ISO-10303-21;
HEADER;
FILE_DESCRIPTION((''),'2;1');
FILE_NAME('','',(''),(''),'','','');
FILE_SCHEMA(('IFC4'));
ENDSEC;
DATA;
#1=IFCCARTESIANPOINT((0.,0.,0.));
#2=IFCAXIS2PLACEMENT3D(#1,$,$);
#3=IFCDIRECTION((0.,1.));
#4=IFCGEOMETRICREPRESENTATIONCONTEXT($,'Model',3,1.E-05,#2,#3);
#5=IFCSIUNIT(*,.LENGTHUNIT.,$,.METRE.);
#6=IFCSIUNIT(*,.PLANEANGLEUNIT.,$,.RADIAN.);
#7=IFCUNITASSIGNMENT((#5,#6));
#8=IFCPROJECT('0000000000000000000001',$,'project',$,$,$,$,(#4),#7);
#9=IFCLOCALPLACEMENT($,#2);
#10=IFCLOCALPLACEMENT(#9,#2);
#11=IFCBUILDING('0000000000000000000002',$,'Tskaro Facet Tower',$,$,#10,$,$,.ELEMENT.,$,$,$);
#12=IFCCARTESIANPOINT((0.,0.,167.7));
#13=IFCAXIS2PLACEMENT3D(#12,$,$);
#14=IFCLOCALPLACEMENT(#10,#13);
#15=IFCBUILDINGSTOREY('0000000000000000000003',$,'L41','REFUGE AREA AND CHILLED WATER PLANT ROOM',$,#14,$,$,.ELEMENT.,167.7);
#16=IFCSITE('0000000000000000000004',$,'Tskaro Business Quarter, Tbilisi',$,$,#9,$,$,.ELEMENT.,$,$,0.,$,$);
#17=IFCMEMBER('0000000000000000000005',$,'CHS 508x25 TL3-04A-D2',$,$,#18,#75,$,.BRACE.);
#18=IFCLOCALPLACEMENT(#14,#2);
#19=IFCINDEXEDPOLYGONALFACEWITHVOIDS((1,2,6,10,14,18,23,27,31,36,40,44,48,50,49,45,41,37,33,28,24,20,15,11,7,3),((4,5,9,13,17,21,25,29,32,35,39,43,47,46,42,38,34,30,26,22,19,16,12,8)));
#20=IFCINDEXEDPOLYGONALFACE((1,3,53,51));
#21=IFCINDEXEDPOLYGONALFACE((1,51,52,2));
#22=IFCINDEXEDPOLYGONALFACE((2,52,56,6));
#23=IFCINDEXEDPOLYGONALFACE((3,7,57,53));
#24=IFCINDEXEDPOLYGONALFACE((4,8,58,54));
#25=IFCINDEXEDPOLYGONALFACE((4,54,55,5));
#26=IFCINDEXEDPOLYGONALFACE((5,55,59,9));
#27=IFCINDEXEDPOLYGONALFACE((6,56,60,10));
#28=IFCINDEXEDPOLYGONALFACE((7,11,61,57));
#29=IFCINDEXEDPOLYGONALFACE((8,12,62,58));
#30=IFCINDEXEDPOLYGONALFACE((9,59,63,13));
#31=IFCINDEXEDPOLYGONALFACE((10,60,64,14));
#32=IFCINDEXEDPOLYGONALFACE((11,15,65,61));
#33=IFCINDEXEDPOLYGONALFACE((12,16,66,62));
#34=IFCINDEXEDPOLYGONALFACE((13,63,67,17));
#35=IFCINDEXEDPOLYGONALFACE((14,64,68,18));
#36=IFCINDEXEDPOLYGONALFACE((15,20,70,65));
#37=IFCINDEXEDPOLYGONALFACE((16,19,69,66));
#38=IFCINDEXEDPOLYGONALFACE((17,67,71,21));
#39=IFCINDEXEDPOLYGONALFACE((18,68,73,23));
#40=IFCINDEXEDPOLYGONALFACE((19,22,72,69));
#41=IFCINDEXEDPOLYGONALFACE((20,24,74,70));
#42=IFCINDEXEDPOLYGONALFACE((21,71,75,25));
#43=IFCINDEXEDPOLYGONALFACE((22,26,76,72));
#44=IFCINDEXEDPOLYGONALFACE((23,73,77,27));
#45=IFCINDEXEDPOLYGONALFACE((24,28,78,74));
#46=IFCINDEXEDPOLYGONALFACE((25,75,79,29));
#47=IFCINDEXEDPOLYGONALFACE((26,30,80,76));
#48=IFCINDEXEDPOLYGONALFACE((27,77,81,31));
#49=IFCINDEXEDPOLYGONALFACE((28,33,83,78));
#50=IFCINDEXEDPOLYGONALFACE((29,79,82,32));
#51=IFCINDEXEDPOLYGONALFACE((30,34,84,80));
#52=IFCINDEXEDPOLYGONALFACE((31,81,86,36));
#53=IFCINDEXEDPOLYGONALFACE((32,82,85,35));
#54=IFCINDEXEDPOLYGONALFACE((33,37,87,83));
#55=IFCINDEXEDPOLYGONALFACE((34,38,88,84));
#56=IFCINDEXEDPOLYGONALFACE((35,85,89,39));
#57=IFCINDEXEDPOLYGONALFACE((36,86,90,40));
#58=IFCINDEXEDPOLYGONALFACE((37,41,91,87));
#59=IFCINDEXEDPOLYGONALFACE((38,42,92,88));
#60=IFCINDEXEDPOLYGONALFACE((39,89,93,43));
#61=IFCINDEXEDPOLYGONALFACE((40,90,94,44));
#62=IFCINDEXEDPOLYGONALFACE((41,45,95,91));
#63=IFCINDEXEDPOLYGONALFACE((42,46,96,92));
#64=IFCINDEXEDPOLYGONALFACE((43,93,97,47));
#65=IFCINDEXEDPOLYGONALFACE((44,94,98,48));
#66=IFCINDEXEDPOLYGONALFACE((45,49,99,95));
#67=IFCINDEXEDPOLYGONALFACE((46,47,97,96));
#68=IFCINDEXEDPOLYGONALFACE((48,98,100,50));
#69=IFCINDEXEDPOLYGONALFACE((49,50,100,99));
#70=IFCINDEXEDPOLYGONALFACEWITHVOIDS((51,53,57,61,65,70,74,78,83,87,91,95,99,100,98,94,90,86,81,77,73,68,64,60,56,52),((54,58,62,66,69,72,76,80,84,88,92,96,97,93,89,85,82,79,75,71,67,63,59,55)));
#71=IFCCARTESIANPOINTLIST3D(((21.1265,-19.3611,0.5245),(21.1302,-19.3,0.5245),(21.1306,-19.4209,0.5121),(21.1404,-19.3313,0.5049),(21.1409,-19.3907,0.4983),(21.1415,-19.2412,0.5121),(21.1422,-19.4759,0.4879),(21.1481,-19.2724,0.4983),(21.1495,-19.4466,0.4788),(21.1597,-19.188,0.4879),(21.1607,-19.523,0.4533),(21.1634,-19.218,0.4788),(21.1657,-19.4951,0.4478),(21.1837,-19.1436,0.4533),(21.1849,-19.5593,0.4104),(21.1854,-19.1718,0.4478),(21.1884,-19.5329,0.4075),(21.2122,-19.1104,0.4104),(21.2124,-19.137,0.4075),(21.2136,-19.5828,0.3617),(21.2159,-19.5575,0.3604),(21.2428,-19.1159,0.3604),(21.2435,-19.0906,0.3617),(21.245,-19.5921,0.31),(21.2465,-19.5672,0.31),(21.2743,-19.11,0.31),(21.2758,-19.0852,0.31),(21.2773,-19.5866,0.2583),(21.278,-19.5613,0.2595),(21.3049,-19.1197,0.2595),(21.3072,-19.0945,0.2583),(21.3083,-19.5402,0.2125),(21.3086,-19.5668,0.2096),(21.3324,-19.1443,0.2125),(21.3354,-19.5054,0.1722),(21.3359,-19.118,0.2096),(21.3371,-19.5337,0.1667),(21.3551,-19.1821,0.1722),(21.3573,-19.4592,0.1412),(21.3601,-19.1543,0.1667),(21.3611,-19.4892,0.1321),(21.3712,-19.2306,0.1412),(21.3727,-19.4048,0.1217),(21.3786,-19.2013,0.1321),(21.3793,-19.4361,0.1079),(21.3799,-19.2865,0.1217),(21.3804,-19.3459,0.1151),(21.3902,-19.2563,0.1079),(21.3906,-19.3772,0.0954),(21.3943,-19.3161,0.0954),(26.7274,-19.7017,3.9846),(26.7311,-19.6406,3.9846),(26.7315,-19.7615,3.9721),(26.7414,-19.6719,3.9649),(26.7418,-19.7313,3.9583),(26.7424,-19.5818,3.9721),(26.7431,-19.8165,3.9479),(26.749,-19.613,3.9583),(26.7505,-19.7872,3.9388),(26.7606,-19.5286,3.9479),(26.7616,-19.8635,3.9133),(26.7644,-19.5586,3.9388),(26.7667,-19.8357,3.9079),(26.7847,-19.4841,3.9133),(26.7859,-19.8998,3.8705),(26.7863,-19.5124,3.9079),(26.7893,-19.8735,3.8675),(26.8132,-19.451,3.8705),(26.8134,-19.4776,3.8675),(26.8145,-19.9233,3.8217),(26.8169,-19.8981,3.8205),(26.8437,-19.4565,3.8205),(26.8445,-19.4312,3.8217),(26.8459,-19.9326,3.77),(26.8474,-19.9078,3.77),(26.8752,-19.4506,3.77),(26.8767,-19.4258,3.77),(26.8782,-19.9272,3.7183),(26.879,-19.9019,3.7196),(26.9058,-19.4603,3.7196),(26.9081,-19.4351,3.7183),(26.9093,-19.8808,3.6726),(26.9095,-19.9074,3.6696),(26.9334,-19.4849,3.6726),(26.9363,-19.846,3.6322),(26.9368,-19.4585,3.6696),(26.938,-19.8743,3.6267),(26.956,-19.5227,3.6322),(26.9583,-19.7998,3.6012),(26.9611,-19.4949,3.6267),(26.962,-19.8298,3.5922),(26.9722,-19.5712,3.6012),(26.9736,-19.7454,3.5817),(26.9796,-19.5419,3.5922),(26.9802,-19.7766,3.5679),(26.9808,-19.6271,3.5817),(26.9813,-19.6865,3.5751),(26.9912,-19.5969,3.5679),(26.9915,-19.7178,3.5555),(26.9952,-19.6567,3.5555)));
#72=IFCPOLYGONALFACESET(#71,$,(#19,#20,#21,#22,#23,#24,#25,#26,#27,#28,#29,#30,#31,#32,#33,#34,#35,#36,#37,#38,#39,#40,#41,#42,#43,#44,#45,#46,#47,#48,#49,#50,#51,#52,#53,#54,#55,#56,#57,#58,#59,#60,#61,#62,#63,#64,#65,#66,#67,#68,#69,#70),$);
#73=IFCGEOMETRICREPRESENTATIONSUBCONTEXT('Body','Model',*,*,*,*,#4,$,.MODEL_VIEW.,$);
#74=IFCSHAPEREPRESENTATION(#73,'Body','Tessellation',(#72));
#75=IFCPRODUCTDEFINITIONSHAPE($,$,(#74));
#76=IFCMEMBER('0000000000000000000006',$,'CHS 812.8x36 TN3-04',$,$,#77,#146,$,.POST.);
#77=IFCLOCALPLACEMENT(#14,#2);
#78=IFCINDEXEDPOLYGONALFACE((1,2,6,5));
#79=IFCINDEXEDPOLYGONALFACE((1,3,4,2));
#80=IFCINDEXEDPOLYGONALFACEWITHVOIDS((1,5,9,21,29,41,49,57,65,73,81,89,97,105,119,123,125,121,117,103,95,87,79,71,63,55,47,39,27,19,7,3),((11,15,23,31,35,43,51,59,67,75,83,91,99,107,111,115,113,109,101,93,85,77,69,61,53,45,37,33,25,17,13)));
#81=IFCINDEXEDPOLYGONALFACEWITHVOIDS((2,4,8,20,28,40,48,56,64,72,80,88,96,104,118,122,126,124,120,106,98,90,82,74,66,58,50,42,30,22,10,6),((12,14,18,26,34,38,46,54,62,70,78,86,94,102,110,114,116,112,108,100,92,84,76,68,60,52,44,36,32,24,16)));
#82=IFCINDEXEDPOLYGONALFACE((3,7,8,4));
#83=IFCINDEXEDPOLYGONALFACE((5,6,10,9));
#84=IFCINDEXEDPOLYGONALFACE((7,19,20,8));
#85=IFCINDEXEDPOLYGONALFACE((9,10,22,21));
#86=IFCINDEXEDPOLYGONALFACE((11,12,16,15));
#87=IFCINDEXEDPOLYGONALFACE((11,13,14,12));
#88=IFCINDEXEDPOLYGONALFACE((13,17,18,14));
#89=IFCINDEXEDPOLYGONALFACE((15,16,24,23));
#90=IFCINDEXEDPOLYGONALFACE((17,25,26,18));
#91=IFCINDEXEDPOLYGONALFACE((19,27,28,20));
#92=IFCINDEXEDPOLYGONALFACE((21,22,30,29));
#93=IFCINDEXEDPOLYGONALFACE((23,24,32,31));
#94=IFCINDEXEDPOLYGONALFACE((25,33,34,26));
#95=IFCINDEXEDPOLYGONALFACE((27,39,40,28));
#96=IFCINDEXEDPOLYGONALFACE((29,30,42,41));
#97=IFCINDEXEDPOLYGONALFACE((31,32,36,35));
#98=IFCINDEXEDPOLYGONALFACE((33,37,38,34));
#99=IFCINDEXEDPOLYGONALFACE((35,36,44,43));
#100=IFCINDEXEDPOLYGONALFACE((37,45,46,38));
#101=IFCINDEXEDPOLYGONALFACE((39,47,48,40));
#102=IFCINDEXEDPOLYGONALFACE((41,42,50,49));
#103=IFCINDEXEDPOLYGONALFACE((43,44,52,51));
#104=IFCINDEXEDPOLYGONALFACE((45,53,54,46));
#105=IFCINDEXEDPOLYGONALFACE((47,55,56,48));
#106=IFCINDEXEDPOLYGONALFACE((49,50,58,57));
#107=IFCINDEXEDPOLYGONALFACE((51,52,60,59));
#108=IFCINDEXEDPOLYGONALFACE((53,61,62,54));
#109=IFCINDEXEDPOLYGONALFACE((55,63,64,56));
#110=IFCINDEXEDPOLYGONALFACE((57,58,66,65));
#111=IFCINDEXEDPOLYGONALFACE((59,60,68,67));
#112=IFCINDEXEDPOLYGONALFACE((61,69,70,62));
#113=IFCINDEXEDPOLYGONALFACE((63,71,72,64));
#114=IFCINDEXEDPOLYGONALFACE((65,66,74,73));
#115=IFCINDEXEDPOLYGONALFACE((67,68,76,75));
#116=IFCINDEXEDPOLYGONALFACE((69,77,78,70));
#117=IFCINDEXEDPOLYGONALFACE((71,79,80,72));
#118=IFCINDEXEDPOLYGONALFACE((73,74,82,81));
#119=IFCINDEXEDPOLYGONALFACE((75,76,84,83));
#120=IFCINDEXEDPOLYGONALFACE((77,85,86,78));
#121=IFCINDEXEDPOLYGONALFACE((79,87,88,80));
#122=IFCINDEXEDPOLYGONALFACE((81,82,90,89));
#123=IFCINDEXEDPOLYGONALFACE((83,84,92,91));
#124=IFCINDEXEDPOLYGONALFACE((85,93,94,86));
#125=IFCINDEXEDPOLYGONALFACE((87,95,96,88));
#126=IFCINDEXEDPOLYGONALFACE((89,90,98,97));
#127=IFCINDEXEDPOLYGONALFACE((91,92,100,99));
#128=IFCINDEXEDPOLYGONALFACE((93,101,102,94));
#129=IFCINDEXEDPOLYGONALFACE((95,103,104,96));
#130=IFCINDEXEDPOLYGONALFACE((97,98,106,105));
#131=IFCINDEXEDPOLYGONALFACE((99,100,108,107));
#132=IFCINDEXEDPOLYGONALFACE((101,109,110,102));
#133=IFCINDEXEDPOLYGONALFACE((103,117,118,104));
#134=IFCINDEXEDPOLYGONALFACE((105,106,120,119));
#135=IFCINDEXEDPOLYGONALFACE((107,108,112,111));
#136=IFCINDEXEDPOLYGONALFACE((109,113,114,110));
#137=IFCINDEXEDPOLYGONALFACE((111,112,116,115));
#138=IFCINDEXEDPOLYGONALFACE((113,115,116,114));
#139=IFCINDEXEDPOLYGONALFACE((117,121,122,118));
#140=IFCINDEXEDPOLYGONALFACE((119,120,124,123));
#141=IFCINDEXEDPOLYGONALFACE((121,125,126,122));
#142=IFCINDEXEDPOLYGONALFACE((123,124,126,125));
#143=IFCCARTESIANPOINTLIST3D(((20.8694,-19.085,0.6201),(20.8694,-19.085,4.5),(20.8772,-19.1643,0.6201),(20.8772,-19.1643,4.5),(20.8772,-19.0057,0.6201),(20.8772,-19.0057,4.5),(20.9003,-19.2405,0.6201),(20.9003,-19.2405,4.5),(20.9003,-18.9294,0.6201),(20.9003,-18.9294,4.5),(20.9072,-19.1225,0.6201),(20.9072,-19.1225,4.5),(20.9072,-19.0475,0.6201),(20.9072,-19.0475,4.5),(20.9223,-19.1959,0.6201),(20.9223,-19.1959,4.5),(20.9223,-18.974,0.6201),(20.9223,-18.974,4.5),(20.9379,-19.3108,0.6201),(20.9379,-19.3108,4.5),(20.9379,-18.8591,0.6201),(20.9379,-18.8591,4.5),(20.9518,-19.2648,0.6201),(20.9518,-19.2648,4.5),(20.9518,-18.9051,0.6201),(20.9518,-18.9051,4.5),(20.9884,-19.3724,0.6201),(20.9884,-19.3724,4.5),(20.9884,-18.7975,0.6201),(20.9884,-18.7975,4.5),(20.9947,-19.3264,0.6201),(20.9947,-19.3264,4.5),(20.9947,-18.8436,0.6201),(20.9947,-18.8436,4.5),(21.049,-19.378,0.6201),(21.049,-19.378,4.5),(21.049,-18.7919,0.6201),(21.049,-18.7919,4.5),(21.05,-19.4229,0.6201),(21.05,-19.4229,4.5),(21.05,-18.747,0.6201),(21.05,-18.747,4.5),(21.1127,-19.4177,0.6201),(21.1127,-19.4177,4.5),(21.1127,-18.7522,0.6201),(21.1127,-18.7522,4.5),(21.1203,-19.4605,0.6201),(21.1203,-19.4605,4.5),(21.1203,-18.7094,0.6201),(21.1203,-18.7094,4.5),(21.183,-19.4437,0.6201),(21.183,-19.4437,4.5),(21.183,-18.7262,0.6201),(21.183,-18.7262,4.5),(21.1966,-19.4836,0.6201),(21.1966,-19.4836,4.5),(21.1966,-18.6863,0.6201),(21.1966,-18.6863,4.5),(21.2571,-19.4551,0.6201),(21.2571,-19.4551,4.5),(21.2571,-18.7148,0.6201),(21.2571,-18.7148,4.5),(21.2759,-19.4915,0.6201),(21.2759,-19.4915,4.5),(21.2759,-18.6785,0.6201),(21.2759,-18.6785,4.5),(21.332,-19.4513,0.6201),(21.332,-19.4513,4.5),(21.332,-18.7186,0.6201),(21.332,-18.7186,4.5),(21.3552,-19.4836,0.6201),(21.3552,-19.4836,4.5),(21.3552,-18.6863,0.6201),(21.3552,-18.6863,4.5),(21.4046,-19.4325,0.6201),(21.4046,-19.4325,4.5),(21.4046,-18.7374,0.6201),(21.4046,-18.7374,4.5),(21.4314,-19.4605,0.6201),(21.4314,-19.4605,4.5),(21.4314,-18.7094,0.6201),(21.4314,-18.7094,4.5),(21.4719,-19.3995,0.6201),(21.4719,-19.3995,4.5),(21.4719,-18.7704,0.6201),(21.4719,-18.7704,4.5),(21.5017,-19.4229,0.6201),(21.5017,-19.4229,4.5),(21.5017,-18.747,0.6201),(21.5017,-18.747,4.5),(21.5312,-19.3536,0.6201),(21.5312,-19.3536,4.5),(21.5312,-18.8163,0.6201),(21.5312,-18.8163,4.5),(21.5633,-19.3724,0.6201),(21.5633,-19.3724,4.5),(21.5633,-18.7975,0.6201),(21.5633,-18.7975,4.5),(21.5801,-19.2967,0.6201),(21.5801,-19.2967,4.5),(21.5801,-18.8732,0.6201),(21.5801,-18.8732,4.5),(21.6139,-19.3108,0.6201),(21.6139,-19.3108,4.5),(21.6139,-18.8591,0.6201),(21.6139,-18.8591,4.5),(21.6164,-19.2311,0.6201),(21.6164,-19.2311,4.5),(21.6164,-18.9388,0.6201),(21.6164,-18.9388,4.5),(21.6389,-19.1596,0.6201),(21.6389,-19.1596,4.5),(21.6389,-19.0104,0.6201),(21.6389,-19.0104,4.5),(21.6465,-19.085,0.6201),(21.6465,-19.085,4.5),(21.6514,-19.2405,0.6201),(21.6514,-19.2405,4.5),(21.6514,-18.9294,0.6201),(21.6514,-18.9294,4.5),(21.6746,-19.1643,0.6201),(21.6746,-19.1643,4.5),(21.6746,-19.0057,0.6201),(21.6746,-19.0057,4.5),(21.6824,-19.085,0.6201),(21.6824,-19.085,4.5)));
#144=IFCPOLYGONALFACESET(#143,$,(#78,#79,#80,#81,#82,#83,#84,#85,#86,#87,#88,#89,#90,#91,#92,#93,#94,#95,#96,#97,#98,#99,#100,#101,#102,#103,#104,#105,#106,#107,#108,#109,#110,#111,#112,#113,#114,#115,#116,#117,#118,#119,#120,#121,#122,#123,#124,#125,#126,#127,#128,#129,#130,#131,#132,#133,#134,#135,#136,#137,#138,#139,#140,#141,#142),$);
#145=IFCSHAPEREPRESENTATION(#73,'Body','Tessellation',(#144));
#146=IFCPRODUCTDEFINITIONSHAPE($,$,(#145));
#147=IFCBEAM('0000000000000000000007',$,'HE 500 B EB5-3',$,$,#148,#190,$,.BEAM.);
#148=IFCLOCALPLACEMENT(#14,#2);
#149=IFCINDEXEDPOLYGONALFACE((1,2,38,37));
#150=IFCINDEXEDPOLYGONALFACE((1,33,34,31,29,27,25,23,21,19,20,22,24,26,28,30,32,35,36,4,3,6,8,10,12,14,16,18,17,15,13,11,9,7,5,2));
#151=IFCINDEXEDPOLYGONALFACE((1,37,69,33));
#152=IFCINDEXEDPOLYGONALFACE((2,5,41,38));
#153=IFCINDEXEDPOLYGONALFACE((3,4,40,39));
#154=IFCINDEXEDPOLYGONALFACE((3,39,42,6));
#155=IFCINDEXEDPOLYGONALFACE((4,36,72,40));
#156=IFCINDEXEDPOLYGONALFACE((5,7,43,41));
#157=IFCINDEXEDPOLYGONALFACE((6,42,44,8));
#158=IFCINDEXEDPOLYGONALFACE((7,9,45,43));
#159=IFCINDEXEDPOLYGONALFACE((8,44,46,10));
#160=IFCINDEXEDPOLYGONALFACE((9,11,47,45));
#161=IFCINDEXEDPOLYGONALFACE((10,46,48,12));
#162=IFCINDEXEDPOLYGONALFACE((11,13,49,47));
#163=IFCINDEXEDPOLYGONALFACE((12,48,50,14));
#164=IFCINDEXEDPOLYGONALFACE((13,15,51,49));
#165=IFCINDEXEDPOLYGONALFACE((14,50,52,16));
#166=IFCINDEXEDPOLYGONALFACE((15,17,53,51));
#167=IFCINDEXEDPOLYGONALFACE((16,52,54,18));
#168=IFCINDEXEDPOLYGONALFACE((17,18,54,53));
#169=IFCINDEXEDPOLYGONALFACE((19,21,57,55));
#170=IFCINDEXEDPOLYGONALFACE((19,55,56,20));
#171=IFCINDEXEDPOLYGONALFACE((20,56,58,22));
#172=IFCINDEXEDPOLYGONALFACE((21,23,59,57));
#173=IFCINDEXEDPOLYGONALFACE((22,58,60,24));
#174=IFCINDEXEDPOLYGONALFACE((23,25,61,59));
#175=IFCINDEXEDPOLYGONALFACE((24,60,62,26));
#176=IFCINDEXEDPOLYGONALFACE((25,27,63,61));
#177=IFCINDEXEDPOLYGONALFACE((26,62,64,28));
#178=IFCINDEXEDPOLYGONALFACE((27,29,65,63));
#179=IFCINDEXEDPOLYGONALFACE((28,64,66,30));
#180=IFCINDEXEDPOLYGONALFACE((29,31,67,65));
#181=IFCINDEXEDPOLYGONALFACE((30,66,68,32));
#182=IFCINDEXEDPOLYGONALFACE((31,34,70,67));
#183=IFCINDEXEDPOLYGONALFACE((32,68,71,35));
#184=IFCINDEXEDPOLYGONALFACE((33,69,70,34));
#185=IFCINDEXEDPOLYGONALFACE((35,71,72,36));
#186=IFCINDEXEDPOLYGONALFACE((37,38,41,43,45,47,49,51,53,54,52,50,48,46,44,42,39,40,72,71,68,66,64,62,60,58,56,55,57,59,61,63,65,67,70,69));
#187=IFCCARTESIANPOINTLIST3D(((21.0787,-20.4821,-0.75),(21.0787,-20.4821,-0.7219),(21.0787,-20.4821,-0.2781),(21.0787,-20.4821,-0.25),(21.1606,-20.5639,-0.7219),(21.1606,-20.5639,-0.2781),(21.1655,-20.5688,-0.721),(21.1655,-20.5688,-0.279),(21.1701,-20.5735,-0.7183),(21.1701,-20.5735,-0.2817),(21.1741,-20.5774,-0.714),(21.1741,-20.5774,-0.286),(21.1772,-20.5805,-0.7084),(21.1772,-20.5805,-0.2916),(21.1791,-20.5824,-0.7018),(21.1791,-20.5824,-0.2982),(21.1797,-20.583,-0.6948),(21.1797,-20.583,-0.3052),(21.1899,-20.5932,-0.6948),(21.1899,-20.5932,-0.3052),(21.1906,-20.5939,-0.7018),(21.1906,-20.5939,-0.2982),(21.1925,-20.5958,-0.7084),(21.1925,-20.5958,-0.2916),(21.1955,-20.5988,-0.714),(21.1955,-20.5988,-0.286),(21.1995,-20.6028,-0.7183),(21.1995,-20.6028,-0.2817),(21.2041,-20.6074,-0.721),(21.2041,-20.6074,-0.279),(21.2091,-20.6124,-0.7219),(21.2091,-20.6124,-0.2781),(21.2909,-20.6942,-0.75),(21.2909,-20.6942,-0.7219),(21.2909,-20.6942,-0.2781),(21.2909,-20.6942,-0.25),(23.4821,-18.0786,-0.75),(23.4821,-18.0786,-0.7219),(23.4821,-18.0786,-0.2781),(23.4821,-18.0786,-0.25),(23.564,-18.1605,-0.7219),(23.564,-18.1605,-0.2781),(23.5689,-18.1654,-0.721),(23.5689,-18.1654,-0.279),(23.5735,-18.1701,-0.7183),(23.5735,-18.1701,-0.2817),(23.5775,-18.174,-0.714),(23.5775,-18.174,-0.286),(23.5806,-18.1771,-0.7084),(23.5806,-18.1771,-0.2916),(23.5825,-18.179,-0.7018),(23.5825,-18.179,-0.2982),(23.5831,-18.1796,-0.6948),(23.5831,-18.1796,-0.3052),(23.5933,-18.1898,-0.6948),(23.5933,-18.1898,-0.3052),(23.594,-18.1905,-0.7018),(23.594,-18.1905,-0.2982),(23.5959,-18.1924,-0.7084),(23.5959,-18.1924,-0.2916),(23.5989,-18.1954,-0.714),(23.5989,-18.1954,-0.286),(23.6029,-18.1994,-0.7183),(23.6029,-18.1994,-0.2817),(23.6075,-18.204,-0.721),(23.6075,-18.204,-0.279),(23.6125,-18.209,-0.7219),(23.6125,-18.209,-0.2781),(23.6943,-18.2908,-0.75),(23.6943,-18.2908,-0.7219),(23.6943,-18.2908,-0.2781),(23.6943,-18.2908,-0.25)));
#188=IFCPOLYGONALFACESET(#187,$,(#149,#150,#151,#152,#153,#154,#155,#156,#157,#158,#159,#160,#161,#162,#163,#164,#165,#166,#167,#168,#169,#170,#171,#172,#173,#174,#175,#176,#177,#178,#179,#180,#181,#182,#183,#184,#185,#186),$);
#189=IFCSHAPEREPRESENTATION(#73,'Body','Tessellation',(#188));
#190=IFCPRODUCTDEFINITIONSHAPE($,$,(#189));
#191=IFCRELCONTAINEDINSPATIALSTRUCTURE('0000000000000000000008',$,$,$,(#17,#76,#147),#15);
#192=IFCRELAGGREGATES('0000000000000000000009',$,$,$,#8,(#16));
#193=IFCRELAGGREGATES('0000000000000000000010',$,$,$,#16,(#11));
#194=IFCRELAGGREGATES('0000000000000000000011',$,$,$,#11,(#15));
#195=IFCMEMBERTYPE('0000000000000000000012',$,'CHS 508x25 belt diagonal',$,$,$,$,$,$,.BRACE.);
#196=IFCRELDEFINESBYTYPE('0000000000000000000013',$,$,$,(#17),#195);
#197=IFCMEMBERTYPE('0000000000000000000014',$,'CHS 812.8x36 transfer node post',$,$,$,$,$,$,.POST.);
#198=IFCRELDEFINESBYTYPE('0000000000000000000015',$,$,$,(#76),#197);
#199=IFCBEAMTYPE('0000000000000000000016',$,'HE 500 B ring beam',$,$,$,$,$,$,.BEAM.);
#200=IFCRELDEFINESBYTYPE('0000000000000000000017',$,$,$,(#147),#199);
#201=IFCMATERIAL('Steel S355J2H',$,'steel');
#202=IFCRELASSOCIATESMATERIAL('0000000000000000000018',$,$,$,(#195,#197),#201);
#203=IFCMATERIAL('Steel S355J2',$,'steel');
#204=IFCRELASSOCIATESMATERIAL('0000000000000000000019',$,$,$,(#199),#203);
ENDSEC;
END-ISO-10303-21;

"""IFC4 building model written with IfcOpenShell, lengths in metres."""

from ifc_helpers import new_model, si_unit, direction, frame, origin, origin_2d, place, context, subcontext, project, spatial, hollow_circle, i_section, extrude, material, material_profile, profile_set, type_object, element, save


model = new_model("IFC4")

# Units and contexts
model_context = context("Model", 3, precision=1e-05, world=origin(), true_north=direction((0.0, 1.0)))
body_context = subcontext(model_context, "Body", "Model", "MODEL_VIEW")
ifc_project = project(units=[si_unit("LENGTHUNIT", "METRE"), si_unit("PLANEANGLEUNIT", "RADIAN")], contexts=[model_context])

# Site, building, storey
site_placement = place(None, origin())
site = spatial("IfcSite", under=ifc_project, at=site_placement, Name="Tskaro Business Quarter, Tbilisi", CompositionType="ELEMENT", RefElevation=0.0)
building_placement = place(site_placement, origin())
building = spatial("IfcBuilding", under=site, at=building_placement, Name="Tskaro Facet Tower", CompositionType="ELEMENT")
storey_placement = place(building_placement, frame((0.0, 0.0, 167.7)))
storey = spatial("IfcBuildingStorey", under=building, at=storey_placement, Name="L41", Description="REFUGE AREA AND CHILLED WATER PLANT ROOM", CompositionType="ELEMENT", Elevation=167.7)

# Shared definitions
ifc_material_1 = material(Name="Steel S355J2H", Category="steel")

# Members
ifc_material_profile_1 = material_profile(ifc_material_1, hollow_circle(Radius=0.2539, WallThickness=0.0249, at=origin_2d()), Name="CHS 508x25")
ifc_profile_set_1 = profile_set([ifc_material_profile_1], Name="Steel S355J2H")
member_type_1 = type_object("IfcMemberType", Name="CHS 508x25 belt diagonal", PredefinedType="BRACE", material=ifc_profile_set_1)
member_1_placement = place(storey_placement, frame((26.8613, -19.6792, 3.77), z_axis=(-0.849619, 0.051664, -0.52486), x_axis=(-0.060696, -0.998156, 0.0)))
element("IfcMember", 1, at=member_1_placement, inside=storey, type_object=member_type_1, Name="CHS 508x25 TL3-04A-D2", PredefinedType="BRACE", context=body_context, shape_type="SweptSolid", body=[
    extrude(hollow_circle(Radius=0.2539, WallThickness=0.0249, at=origin_2d()), origin(), (0.0, 0.0, 1.0), 6.5923),
])
ifc_material_profile_2 = material_profile(ifc_material_1, hollow_circle(Radius=0.4065, WallThickness=0.0359, at=origin_2d()), Name="CHS 812.8x36")
ifc_profile_set_2 = profile_set([ifc_material_profile_2], Name="Steel S355J2H")
member_type_2 = type_object("IfcMemberType", Name="CHS 812.8x36 transfer node post", PredefinedType="POST", material=ifc_profile_set_2)
member_2_placement = place(storey_placement, frame((21.2759, -19.085, 0.6201), z_axis=(0.0, 0.0, 1.0), x_axis=(1.0, 0.0, 0.0)))
element("IfcMember", 2, at=member_2_placement, inside=storey, type_object=member_type_2, Name="CHS 812.8x36 TN3-04", PredefinedType="POST", context=body_context, shape_type="SweptSolid", body=[
    extrude(hollow_circle(Radius=0.4065, WallThickness=0.0359, at=origin_2d()), origin(), (0.0, 0.0, 1.0), 3.8799),
])

# Beam
ifc_material_2 = material(Name="Steel S355J2", Category="steel")
ifc_material_profile_3 = material_profile(ifc_material_2, i_section(OverallWidth=0.3, OverallDepth=0.5, WebThickness=0.0144, FlangeThickness=0.0281, FilletRadius=0.0271, at=origin_2d()), Name="HE 500 B")
ifc_profile_set_3 = profile_set([ifc_material_profile_3], Name="Steel S355J2")
beam_type_1 = type_object("IfcBeamType", Name="HE 500 B ring beam", PredefinedType="BEAM", material=ifc_profile_set_3)
for number, where, z_axis, x_axis, name in (
    (3, (21.1848, -20.5881, -0.5), (0.707107, 0.707107, 0.0), (-0.707107, 0.707107, 0.0), "HE 500 B EB5-3"),
):
    element("IfcBeam", number, at=place(storey_placement, frame(where, z_axis=z_axis, x_axis=x_axis)), inside=storey, type_object=beam_type_1, Name=name, PredefinedType="BEAM", context=body_context, shape_type="SweptSolid", body=[
        extrude(i_section(OverallWidth=0.3, OverallDepth=0.5, WebThickness=0.0144, FlangeThickness=0.0281, FilletRadius=0.0271, at=origin_2d()), origin(), (0.0, 0.0, 1.0), 3.3989),
    ])

save(model, "model.ifc")
